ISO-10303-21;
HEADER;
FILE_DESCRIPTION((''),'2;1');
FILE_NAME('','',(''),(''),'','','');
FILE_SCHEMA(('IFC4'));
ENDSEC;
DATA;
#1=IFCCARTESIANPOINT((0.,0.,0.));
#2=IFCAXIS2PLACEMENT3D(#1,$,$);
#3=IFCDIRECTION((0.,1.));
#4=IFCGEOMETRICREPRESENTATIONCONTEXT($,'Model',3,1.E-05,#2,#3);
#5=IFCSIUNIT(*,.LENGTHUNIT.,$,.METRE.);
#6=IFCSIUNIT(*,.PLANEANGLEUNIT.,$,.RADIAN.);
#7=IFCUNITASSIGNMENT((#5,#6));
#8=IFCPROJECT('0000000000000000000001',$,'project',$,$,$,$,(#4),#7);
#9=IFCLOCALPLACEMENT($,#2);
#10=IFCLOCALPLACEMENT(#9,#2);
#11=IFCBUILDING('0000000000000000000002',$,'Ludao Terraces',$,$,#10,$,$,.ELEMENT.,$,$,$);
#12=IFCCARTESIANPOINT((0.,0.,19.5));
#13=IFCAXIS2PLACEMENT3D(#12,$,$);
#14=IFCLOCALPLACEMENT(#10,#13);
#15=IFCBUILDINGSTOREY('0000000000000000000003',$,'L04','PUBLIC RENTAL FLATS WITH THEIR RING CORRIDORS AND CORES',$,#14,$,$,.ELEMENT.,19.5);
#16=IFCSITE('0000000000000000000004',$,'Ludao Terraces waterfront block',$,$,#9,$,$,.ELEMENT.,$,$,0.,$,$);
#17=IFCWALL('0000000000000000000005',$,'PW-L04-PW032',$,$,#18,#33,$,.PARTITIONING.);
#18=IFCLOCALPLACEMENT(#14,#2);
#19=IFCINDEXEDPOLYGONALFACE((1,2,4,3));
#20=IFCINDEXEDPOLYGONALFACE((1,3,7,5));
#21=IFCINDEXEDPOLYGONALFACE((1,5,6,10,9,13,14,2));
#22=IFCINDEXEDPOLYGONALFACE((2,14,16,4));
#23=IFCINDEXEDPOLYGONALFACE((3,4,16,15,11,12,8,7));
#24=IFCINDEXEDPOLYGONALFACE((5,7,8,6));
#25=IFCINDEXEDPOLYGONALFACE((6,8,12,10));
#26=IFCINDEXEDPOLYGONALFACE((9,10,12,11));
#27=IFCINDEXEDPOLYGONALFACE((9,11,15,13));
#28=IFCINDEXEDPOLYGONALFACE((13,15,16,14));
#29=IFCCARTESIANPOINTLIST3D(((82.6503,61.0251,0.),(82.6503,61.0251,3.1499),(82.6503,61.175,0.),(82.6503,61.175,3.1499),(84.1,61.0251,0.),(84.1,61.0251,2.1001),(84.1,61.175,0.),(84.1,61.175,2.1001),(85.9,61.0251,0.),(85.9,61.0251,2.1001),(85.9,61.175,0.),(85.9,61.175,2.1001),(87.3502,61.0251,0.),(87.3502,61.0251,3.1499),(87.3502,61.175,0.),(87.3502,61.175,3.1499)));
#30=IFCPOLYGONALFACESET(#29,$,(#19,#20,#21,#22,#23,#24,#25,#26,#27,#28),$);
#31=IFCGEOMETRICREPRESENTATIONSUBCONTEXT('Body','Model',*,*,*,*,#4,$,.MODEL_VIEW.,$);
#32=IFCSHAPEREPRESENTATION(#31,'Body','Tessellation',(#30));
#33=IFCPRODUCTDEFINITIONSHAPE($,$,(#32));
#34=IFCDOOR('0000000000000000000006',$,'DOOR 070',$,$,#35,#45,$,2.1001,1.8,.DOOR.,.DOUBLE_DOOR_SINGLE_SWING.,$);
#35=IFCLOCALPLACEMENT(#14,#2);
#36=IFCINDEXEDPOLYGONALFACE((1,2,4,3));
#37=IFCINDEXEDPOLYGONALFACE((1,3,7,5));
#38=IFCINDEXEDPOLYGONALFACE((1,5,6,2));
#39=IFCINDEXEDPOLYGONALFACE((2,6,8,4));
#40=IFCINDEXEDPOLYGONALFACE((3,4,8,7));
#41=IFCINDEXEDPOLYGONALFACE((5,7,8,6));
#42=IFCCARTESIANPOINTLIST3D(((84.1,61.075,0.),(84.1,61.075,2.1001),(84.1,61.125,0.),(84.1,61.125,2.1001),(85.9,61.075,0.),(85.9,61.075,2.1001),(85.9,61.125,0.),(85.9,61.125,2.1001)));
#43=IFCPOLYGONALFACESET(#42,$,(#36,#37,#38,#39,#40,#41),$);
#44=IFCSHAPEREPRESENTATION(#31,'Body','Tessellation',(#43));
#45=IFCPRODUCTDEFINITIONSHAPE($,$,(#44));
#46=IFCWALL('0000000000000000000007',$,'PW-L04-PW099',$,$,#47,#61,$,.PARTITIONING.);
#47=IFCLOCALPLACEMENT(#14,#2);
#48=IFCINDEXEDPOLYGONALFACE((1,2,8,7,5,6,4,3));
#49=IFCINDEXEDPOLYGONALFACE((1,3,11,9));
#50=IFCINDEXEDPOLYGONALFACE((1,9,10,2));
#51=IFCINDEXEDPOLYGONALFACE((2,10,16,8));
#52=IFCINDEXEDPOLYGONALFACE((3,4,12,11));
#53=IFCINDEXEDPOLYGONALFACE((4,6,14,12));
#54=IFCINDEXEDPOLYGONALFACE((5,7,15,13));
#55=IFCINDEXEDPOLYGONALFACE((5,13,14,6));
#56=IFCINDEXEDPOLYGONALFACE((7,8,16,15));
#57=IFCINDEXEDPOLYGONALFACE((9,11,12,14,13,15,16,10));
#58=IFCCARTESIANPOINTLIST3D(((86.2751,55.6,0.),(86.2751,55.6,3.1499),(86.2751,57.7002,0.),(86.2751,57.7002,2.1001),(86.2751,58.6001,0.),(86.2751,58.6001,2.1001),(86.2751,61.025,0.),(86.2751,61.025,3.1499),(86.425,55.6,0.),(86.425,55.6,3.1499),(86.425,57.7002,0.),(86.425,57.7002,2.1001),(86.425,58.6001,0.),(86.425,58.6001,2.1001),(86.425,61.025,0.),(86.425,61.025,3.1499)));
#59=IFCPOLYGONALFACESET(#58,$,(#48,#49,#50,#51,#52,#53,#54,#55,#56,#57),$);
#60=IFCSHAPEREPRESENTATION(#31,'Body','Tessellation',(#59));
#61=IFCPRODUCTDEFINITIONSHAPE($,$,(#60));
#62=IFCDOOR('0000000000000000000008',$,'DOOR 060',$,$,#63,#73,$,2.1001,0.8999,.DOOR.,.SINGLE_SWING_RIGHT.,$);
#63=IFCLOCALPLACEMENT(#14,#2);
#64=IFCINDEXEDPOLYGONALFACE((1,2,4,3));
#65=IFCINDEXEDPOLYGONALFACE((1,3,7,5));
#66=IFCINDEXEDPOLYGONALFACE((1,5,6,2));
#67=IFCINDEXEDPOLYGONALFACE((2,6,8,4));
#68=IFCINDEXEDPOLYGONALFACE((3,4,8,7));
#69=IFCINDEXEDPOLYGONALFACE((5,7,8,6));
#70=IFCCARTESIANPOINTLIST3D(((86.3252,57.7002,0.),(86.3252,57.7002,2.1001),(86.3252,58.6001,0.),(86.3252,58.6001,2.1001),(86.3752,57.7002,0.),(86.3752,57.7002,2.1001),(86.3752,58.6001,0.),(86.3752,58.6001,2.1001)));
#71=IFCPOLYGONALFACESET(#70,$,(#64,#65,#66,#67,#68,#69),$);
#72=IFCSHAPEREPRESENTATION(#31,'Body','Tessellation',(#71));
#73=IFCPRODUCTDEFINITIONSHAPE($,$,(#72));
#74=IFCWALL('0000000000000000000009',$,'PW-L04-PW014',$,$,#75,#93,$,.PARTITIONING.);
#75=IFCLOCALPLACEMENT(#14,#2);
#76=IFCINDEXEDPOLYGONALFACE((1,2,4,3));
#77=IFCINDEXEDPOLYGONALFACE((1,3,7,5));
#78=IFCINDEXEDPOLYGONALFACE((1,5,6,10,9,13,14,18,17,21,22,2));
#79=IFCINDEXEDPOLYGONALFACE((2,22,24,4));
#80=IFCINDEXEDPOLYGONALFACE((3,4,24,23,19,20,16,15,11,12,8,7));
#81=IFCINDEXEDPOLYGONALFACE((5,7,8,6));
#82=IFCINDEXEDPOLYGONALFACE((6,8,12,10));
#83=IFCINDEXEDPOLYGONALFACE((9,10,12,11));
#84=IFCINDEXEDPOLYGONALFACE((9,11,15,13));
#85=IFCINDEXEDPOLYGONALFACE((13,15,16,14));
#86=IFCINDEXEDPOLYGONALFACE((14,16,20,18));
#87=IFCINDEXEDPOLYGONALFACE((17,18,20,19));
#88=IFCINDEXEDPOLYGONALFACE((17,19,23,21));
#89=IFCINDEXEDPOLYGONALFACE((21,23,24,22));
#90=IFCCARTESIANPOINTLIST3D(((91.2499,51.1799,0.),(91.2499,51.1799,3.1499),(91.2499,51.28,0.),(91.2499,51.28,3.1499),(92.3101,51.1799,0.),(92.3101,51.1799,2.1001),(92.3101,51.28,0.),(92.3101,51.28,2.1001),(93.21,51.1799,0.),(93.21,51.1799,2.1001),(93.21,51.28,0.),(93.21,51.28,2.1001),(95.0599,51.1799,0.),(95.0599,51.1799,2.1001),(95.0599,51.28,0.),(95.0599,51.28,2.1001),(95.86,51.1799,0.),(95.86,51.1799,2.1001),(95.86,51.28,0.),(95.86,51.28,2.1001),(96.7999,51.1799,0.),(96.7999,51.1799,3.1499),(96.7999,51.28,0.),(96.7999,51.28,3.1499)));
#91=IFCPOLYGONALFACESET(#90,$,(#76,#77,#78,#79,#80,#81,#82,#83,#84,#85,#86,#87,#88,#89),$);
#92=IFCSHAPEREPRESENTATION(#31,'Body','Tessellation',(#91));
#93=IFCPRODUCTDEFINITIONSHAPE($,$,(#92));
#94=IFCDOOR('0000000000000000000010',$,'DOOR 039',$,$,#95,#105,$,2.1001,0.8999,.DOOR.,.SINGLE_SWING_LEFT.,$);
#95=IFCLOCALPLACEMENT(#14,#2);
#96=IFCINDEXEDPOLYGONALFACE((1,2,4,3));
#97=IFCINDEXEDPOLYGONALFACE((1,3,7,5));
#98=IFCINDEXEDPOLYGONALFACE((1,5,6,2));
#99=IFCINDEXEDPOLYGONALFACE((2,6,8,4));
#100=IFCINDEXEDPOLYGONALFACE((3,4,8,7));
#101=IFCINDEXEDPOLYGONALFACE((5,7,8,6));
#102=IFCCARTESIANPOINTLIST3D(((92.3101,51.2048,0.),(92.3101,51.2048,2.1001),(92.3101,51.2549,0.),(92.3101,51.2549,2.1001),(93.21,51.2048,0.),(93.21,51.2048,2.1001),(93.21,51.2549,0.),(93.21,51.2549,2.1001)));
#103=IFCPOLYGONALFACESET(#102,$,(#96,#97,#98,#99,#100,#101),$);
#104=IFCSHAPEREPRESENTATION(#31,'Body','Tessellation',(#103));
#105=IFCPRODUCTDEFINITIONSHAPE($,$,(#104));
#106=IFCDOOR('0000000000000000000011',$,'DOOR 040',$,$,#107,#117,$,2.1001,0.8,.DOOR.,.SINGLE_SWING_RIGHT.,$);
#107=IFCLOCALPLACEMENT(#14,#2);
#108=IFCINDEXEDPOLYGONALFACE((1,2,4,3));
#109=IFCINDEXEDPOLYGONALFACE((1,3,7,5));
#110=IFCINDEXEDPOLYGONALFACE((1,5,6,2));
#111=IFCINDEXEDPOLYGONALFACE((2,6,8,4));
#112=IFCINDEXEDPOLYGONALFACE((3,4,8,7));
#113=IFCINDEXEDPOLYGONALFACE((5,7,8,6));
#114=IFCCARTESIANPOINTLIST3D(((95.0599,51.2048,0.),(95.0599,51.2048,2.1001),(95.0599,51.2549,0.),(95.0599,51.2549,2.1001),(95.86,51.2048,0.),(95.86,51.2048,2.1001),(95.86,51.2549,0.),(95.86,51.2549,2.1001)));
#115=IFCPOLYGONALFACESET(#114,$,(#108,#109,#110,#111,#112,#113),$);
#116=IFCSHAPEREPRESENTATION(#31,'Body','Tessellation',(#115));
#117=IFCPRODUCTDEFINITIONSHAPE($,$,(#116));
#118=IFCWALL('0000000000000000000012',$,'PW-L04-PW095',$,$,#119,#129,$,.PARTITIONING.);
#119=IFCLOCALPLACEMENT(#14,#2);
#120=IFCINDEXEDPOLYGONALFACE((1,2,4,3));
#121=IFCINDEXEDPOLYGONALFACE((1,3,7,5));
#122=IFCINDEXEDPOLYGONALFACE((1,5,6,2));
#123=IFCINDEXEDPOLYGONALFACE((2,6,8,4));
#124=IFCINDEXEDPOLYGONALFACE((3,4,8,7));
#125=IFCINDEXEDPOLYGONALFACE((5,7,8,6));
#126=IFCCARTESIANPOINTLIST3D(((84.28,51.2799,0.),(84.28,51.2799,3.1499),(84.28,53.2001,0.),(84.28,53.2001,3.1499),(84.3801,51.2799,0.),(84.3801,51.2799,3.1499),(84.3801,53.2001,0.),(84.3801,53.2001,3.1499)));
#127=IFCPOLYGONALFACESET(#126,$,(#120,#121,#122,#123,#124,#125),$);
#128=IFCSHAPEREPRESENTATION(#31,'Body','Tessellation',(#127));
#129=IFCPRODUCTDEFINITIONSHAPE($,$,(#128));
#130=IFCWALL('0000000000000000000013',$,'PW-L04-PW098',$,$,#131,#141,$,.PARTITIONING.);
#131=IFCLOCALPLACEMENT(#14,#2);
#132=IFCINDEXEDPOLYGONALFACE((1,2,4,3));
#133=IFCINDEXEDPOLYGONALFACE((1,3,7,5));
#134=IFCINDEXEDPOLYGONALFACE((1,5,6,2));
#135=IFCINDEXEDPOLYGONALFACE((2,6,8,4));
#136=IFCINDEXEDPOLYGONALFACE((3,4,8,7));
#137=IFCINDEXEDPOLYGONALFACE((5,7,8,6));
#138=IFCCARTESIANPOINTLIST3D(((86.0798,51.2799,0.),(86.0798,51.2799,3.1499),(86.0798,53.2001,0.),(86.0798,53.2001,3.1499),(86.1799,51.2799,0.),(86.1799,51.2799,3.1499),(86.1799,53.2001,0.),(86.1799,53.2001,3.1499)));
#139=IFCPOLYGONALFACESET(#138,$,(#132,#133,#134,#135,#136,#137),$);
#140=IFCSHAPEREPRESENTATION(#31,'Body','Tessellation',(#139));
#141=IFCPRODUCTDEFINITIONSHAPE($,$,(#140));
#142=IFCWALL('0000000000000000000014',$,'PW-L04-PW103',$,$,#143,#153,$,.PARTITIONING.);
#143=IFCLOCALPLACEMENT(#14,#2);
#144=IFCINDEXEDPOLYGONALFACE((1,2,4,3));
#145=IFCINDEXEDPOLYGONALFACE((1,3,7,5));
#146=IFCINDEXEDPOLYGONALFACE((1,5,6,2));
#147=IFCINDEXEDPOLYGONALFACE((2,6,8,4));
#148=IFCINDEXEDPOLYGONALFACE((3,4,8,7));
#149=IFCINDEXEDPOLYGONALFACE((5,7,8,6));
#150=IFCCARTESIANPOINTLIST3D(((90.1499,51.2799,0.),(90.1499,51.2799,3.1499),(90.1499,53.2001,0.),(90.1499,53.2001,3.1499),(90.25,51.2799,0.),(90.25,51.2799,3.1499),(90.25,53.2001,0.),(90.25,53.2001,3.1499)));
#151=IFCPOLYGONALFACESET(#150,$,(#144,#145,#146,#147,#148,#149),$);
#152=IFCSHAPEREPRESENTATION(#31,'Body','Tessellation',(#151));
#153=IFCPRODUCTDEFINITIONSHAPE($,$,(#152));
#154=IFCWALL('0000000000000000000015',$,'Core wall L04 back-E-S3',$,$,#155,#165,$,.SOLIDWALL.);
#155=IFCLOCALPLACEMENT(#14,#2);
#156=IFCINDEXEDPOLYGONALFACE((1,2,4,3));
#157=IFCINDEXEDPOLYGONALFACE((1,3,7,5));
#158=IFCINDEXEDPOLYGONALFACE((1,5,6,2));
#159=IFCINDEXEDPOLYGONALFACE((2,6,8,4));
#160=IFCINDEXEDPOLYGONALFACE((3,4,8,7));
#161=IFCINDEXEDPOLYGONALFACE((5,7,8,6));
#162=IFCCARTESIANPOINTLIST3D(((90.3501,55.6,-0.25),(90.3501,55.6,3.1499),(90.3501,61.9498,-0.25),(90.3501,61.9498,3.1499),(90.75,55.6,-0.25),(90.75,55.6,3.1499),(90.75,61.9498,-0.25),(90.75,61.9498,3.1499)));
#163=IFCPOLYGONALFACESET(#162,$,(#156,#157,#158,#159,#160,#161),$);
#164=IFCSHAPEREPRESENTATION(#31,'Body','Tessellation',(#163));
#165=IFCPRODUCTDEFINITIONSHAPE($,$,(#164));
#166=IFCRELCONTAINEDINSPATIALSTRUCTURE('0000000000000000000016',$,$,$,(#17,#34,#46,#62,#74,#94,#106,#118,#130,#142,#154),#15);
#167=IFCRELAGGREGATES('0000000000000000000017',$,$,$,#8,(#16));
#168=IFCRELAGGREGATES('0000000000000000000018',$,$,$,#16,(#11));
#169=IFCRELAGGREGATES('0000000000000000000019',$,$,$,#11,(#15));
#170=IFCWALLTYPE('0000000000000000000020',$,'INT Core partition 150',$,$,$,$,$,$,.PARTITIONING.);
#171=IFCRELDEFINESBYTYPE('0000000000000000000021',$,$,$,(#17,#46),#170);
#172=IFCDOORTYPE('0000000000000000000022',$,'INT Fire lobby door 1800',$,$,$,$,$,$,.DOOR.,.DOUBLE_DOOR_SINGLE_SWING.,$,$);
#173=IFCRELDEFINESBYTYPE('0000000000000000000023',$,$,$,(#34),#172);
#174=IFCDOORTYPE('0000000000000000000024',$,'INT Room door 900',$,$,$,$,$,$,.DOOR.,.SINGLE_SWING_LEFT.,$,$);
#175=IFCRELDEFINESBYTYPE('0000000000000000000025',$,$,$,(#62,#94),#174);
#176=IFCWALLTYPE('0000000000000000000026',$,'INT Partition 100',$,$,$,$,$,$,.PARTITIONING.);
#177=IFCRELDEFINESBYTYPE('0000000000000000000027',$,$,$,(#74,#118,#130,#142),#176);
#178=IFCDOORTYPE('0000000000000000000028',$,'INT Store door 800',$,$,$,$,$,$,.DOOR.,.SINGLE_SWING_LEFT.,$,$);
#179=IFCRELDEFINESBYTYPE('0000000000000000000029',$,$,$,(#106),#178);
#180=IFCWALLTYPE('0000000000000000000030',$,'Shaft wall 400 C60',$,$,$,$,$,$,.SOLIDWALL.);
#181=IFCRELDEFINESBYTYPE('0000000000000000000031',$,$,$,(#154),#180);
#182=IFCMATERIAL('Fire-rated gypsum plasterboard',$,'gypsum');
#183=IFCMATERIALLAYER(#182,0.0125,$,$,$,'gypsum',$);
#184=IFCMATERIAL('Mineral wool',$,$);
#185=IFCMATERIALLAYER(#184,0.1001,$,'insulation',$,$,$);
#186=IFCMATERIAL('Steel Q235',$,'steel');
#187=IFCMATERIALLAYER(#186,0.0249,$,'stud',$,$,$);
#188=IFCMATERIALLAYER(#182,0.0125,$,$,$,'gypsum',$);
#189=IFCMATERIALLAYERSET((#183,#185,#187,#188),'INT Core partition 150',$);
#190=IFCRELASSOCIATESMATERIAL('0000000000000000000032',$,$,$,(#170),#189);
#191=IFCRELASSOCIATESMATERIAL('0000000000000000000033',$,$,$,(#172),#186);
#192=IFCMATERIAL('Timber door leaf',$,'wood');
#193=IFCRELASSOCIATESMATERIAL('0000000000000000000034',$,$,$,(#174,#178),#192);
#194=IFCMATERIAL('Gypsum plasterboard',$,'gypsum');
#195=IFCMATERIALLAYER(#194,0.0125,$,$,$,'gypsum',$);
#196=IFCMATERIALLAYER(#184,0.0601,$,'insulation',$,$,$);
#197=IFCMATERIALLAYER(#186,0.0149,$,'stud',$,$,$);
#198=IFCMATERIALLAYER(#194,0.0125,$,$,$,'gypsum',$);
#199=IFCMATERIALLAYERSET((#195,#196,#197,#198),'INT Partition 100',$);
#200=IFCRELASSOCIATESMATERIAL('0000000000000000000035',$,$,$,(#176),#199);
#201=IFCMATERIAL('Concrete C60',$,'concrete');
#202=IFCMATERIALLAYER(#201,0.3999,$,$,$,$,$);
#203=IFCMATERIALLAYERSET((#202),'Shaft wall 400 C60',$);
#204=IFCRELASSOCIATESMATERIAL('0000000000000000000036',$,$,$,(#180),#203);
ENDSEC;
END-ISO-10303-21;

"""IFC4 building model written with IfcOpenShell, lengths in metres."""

from ifc_helpers import new_model, si_unit, direction, frame, frame_2d, origin, place, context, subcontext, project, spatial, rectangle, extrude, material, layer, layer_set, type_object, element, fill, save


model = new_model("IFC4")

# Units and contexts
model_context = context("Model", 3, precision=1e-05, world=origin(), true_north=direction((0.0, 1.0)))
body_context = subcontext(model_context, "Body", "Model", "MODEL_VIEW")
ifc_project = project(units=[si_unit("LENGTHUNIT", "METRE"), si_unit("PLANEANGLEUNIT", "RADIAN")], contexts=[model_context])

# Site, building, storey
site_placement = place(None, origin())
site = spatial("IfcSite", under=ifc_project, at=site_placement, Name="Ludao Terraces waterfront block", CompositionType="ELEMENT", RefElevation=0.0)
building_placement = place(site_placement, origin())
building = spatial("IfcBuilding", under=site, at=building_placement, Name="Ludao Terraces", CompositionType="ELEMENT")
storey_placement = place(building_placement, frame((0.0, 0.0, 19.5)))
storey = spatial("IfcBuildingStorey", under=building, at=storey_placement, Name="L04", Description="PUBLIC RENTAL FLATS WITH THEIR RING CORRIDORS AND CORES", CompositionType="ELEMENT", Elevation=19.5)

# Walls, openings, doors
ifc_material_1 = material(Name="Fire-rated gypsum plasterboard", Category="gypsum")
ifc_layer_1 = layer(ifc_material_1, 0.0125, Category="gypsum")
ifc_material_2 = material(Name="Mineral wool")
ifc_layer_2 = layer(ifc_material_2, 0.1001, Name="insulation")
ifc_material_3 = material(Name="Steel Q235", Category="steel")
ifc_layer_3 = layer(ifc_material_3, 0.0249, Name="stud")
ifc_layer_4 = layer(ifc_material_1, 0.0125, Category="gypsum")
ifc_layer_set_1 = layer_set([ifc_layer_1, ifc_layer_2, ifc_layer_3, ifc_layer_4], Name="INT Core partition 150")
wall_type_1 = type_object("IfcWallType", Name="INT Core partition 150", PredefinedType="PARTITIONING", material=ifc_layer_set_1)
wall_1_placement = place(storey_placement, frame((82.6501, 61.1001, 0.0), z_axis=(0.0, 0.0, 1.0), x_axis=(1.0, 0.0, 0.0)))
wall_1 = element("IfcWall", 1, at=wall_1_placement, inside=storey, type_object=wall_type_1, Name="PW-L04-PW032", PredefinedType="PARTITIONING", context=body_context, shape_type="SweptSolid", body=[
    extrude(rectangle(XDim=4.7, YDim=0.1499, at=frame_2d((2.3501, 0.0))), origin(), (0.0, 0.0, 1.0), 3.1499),
])
opening_1_placement = place(wall_1_placement, frame((1.45, 0.0, 0.0)))
opening_1 = element("IfcOpeningElement", 2, at=opening_1_placement, cuts=wall_1, PredefinedType="OPENING", context=body_context, shape_type="SweptSolid", body=[
    extrude(rectangle(XDim=1.8, YDim=2.1001, at=frame_2d((0.8999, 1.05))), frame((0.0, 0.085, 0.0), z_axis=(0.0, -1.0, 0.0), x_axis=(1.0, 0.0, 0.0)), (0.0, 0.0, 1.0), 0.1699),
])
door_type_1 = type_object("IfcDoorType", Name="INT Fire lobby door 1800", OperationType="DOUBLE_DOOR_SINGLE_SWING", PredefinedType="DOOR", material=ifc_material_3)
door_1_placement = place(opening_1_placement, origin())
door_1 = element("IfcDoor", 3, at=door_1_placement, inside=storey, type_object=door_type_1, Name="DOOR 070", OperationType="DOUBLE_DOOR_SINGLE_SWING", OverallHeight=2.1001, OverallWidth=1.8, PredefinedType="DOOR", context=body_context, shape_type="SweptSolid", body=[
    extrude(rectangle(XDim=1.8, YDim=2.1001, at=frame_2d((0.8999, 1.05))), frame((0.0, 0.0249, 0.0), z_axis=(0.0, -1.0, 0.0), x_axis=(1.0, 0.0, 0.0)), (0.0, 0.0, 1.0), 0.05),
])
fill(opening_1, door_1)
wall_2_placement = place(storey_placement, frame((86.3501, 55.6001, 0.0), z_axis=(0.0, 0.0, 1.0), x_axis=(0.0, 1.0, 0.0)))
wall_2 = element("IfcWall", 4, at=wall_2_placement, inside=storey, type_object=wall_type_1, Name="PW-L04-PW099", PredefinedType="PARTITIONING", context=body_context, shape_type="SweptSolid", body=[
    extrude(rectangle(XDim=5.425, YDim=0.1499, at=frame_2d((2.7124, 0.0))), origin(), (0.0, 0.0, 1.0), 3.1499),
])
opening_2_placement = place(wall_2_placement, frame((2.1001, 0.0, 0.0)))
opening_2 = element("IfcOpeningElement", 5, at=opening_2_placement, cuts=wall_2, PredefinedType="OPENING", context=body_context, shape_type="SweptSolid", body=[
    extrude(rectangle(XDim=0.8999, YDim=2.1001, at=frame_2d((0.45, 1.05))), frame((0.0, 0.085, 0.0), z_axis=(0.0, -1.0, 0.0), x_axis=(1.0, 0.0, 0.0)), (0.0, 0.0, 1.0), 0.1699),
])
ifc_material_4 = material(Name="Timber door leaf", Category="wood")
door_type_2 = type_object("IfcDoorType", Name="INT Room door 900", OperationType="SINGLE_SWING_LEFT", PredefinedType="DOOR", material=ifc_material_4)
door_2_placement = place(opening_2_placement, origin())
door_2 = element("IfcDoor", 6, at=door_2_placement, inside=storey, type_object=door_type_2, Name="DOOR 060", OperationType="SINGLE_SWING_RIGHT", OverallHeight=2.1001, OverallWidth=0.8999, PredefinedType="DOOR", context=body_context, shape_type="SweptSolid", body=[
    extrude(rectangle(XDim=0.8999, YDim=2.1001, at=frame_2d((0.45, 1.05))), frame((0.0, 0.0249, 0.0), z_axis=(0.0, -1.0, 0.0), x_axis=(1.0, 0.0, 0.0)), (0.0, 0.0, 1.0), 0.05),
])
fill(opening_2, door_2)

# Wall, openings, doors
ifc_material_5 = material(Name="Gypsum plasterboard", Category="gypsum")
ifc_layer_5 = layer(ifc_material_5, 0.0125, Category="gypsum")
ifc_layer_6 = layer(ifc_material_2, 0.0601, Name="insulation")
ifc_layer_7 = layer(ifc_material_3, 0.0149, Name="stud")
ifc_layer_8 = layer(ifc_material_5, 0.0125, Category="gypsum")
ifc_layer_set_2 = layer_set([ifc_layer_5, ifc_layer_6, ifc_layer_7, ifc_layer_8], Name="INT Partition 100")
wall_type_2 = type_object("IfcWallType", Name="INT Partition 100", PredefinedType="PARTITIONING", material=ifc_layer_set_2)
wall_3_placement = place(storey_placement, frame((91.25, 51.23, 0.0), z_axis=(0.0, 0.0, 1.0), x_axis=(1.0, 0.0, 0.0)))
wall_3 = element("IfcWall", 7, at=wall_3_placement, inside=storey, type_object=wall_type_2, Name="PW-L04-PW014", PredefinedType="PARTITIONING", context=body_context, shape_type="SweptSolid", body=[
    extrude(rectangle(XDim=5.55, YDim=0.1001, at=frame_2d((2.7749, 0.0))), origin(), (0.0, 0.0, 1.0), 3.1499),
])
opening_3_placement = place(wall_3_placement, frame((1.0601, 0.0, 0.0)))
opening_3 = element("IfcOpeningElement", 8, at=opening_3_placement, cuts=wall_3, PredefinedType="OPENING", context=body_context, shape_type="SweptSolid", body=[
    extrude(rectangle(XDim=0.8999, YDim=2.1001, at=frame_2d((0.45, 1.05))), frame((0.0, 0.0601, 0.0), z_axis=(0.0, -1.0, 0.0), x_axis=(1.0, 0.0, 0.0)), (0.0, 0.0, 1.0), 0.1201),
])
opening_4_placement = place(wall_3_placement, frame((3.8101, 0.0, 0.0)))
opening_4 = element("IfcOpeningElement", 9, at=opening_4_placement, cuts=wall_3, PredefinedType="OPENING", context=body_context, shape_type="SweptSolid", body=[
    extrude(rectangle(XDim=0.8, YDim=2.1001, at=frame_2d((0.3999, 1.05))), frame((0.0, 0.0601, 0.0), z_axis=(0.0, -1.0, 0.0), x_axis=(1.0, 0.0, 0.0)), (0.0, 0.0, 1.0), 0.1201),
])
door_3_placement = place(opening_3_placement, origin())
door_3 = element("IfcDoor", 10, at=door_3_placement, inside=storey, type_object=door_type_2, Name="DOOR 039", OperationType="SINGLE_SWING_LEFT", OverallHeight=2.1001, OverallWidth=0.8999, PredefinedType="DOOR", context=body_context, shape_type="SweptSolid", body=[
    extrude(rectangle(XDim=0.8999, YDim=2.1001, at=frame_2d((0.45, 1.05))), frame((0.0, 0.0249, 0.0), z_axis=(0.0, -1.0, 0.0), x_axis=(1.0, 0.0, 0.0)), (0.0, 0.0, 1.0), 0.05),
])
fill(opening_3, door_3)
door_type_3 = type_object("IfcDoorType", Name="INT Store door 800", OperationType="SINGLE_SWING_LEFT", PredefinedType="DOOR", material=ifc_material_4)
door_4_placement = place(opening_4_placement, origin())
door_4 = element("IfcDoor", 11, at=door_4_placement, inside=storey, type_object=door_type_3, Name="DOOR 040", OperationType="SINGLE_SWING_RIGHT", OverallHeight=2.1001, OverallWidth=0.8, PredefinedType="DOOR", context=body_context, shape_type="SweptSolid", body=[
    extrude(rectangle(XDim=0.8, YDim=2.1001, at=frame_2d((0.3999, 1.05))), frame((0.0, 0.0249, 0.0), z_axis=(0.0, -1.0, 0.0), x_axis=(1.0, 0.0, 0.0)), (0.0, 0.0, 1.0), 0.05),
])
fill(opening_4, door_4)

# Walls
for number, where, z_axis, x_axis, name in (
    (12, (84.3301, 51.28, 0.0), (0.0, 0.0, 1.0), (0.0, 1.0, 0.0), "PW-L04-PW095"),
    (13, (86.1299, 51.28, 0.0), (0.0, 0.0, 1.0), (0.0, 1.0, 0.0), "PW-L04-PW098"),
    (14, (90.2, 51.28, 0.0), (0.0, 0.0, 1.0), (0.0, 1.0, 0.0), "PW-L04-PW103"),
):
    element("IfcWall", number, at=place(storey_placement, frame(where, z_axis=z_axis, x_axis=x_axis)), inside=storey, type_object=wall_type_2, Name=name, PredefinedType="PARTITIONING", context=body_context, shape_type="SweptSolid", body=[
        extrude(rectangle(XDim=1.9202, YDim=0.1001, at=frame_2d((0.96, 0.0))), origin(), (0.0, 0.0, 1.0), 3.1499),
    ])
ifc_material_6 = material(Name="Concrete C60", Category="concrete")
ifc_layer_9 = layer(ifc_material_6, 0.3999)
ifc_layer_set_3 = layer_set([ifc_layer_9], Name="Shaft wall 400 C60")
wall_type_3 = type_object("IfcWallType", Name="Shaft wall 400 C60", PredefinedType="SOLIDWALL", material=ifc_layer_set_3)
wall_4_placement = place(storey_placement, frame((90.55, 55.6001, -0.25), z_axis=(0.0, 0.0, 1.0), x_axis=(0.0, 1.0, 0.0)))
element("IfcWall", 15, at=wall_4_placement, inside=storey, type_object=wall_type_3, Name="Core wall L04 back-E-S3", PredefinedType="SOLIDWALL", context=body_context, shape_type="SweptSolid", body=[
    extrude(rectangle(XDim=6.3499, YDim=0.3999, at=frame_2d((3.1748, 0.0))), origin(), (0.0, 0.0, 1.0), 3.3999),
])

save(model, "model.ifc")
